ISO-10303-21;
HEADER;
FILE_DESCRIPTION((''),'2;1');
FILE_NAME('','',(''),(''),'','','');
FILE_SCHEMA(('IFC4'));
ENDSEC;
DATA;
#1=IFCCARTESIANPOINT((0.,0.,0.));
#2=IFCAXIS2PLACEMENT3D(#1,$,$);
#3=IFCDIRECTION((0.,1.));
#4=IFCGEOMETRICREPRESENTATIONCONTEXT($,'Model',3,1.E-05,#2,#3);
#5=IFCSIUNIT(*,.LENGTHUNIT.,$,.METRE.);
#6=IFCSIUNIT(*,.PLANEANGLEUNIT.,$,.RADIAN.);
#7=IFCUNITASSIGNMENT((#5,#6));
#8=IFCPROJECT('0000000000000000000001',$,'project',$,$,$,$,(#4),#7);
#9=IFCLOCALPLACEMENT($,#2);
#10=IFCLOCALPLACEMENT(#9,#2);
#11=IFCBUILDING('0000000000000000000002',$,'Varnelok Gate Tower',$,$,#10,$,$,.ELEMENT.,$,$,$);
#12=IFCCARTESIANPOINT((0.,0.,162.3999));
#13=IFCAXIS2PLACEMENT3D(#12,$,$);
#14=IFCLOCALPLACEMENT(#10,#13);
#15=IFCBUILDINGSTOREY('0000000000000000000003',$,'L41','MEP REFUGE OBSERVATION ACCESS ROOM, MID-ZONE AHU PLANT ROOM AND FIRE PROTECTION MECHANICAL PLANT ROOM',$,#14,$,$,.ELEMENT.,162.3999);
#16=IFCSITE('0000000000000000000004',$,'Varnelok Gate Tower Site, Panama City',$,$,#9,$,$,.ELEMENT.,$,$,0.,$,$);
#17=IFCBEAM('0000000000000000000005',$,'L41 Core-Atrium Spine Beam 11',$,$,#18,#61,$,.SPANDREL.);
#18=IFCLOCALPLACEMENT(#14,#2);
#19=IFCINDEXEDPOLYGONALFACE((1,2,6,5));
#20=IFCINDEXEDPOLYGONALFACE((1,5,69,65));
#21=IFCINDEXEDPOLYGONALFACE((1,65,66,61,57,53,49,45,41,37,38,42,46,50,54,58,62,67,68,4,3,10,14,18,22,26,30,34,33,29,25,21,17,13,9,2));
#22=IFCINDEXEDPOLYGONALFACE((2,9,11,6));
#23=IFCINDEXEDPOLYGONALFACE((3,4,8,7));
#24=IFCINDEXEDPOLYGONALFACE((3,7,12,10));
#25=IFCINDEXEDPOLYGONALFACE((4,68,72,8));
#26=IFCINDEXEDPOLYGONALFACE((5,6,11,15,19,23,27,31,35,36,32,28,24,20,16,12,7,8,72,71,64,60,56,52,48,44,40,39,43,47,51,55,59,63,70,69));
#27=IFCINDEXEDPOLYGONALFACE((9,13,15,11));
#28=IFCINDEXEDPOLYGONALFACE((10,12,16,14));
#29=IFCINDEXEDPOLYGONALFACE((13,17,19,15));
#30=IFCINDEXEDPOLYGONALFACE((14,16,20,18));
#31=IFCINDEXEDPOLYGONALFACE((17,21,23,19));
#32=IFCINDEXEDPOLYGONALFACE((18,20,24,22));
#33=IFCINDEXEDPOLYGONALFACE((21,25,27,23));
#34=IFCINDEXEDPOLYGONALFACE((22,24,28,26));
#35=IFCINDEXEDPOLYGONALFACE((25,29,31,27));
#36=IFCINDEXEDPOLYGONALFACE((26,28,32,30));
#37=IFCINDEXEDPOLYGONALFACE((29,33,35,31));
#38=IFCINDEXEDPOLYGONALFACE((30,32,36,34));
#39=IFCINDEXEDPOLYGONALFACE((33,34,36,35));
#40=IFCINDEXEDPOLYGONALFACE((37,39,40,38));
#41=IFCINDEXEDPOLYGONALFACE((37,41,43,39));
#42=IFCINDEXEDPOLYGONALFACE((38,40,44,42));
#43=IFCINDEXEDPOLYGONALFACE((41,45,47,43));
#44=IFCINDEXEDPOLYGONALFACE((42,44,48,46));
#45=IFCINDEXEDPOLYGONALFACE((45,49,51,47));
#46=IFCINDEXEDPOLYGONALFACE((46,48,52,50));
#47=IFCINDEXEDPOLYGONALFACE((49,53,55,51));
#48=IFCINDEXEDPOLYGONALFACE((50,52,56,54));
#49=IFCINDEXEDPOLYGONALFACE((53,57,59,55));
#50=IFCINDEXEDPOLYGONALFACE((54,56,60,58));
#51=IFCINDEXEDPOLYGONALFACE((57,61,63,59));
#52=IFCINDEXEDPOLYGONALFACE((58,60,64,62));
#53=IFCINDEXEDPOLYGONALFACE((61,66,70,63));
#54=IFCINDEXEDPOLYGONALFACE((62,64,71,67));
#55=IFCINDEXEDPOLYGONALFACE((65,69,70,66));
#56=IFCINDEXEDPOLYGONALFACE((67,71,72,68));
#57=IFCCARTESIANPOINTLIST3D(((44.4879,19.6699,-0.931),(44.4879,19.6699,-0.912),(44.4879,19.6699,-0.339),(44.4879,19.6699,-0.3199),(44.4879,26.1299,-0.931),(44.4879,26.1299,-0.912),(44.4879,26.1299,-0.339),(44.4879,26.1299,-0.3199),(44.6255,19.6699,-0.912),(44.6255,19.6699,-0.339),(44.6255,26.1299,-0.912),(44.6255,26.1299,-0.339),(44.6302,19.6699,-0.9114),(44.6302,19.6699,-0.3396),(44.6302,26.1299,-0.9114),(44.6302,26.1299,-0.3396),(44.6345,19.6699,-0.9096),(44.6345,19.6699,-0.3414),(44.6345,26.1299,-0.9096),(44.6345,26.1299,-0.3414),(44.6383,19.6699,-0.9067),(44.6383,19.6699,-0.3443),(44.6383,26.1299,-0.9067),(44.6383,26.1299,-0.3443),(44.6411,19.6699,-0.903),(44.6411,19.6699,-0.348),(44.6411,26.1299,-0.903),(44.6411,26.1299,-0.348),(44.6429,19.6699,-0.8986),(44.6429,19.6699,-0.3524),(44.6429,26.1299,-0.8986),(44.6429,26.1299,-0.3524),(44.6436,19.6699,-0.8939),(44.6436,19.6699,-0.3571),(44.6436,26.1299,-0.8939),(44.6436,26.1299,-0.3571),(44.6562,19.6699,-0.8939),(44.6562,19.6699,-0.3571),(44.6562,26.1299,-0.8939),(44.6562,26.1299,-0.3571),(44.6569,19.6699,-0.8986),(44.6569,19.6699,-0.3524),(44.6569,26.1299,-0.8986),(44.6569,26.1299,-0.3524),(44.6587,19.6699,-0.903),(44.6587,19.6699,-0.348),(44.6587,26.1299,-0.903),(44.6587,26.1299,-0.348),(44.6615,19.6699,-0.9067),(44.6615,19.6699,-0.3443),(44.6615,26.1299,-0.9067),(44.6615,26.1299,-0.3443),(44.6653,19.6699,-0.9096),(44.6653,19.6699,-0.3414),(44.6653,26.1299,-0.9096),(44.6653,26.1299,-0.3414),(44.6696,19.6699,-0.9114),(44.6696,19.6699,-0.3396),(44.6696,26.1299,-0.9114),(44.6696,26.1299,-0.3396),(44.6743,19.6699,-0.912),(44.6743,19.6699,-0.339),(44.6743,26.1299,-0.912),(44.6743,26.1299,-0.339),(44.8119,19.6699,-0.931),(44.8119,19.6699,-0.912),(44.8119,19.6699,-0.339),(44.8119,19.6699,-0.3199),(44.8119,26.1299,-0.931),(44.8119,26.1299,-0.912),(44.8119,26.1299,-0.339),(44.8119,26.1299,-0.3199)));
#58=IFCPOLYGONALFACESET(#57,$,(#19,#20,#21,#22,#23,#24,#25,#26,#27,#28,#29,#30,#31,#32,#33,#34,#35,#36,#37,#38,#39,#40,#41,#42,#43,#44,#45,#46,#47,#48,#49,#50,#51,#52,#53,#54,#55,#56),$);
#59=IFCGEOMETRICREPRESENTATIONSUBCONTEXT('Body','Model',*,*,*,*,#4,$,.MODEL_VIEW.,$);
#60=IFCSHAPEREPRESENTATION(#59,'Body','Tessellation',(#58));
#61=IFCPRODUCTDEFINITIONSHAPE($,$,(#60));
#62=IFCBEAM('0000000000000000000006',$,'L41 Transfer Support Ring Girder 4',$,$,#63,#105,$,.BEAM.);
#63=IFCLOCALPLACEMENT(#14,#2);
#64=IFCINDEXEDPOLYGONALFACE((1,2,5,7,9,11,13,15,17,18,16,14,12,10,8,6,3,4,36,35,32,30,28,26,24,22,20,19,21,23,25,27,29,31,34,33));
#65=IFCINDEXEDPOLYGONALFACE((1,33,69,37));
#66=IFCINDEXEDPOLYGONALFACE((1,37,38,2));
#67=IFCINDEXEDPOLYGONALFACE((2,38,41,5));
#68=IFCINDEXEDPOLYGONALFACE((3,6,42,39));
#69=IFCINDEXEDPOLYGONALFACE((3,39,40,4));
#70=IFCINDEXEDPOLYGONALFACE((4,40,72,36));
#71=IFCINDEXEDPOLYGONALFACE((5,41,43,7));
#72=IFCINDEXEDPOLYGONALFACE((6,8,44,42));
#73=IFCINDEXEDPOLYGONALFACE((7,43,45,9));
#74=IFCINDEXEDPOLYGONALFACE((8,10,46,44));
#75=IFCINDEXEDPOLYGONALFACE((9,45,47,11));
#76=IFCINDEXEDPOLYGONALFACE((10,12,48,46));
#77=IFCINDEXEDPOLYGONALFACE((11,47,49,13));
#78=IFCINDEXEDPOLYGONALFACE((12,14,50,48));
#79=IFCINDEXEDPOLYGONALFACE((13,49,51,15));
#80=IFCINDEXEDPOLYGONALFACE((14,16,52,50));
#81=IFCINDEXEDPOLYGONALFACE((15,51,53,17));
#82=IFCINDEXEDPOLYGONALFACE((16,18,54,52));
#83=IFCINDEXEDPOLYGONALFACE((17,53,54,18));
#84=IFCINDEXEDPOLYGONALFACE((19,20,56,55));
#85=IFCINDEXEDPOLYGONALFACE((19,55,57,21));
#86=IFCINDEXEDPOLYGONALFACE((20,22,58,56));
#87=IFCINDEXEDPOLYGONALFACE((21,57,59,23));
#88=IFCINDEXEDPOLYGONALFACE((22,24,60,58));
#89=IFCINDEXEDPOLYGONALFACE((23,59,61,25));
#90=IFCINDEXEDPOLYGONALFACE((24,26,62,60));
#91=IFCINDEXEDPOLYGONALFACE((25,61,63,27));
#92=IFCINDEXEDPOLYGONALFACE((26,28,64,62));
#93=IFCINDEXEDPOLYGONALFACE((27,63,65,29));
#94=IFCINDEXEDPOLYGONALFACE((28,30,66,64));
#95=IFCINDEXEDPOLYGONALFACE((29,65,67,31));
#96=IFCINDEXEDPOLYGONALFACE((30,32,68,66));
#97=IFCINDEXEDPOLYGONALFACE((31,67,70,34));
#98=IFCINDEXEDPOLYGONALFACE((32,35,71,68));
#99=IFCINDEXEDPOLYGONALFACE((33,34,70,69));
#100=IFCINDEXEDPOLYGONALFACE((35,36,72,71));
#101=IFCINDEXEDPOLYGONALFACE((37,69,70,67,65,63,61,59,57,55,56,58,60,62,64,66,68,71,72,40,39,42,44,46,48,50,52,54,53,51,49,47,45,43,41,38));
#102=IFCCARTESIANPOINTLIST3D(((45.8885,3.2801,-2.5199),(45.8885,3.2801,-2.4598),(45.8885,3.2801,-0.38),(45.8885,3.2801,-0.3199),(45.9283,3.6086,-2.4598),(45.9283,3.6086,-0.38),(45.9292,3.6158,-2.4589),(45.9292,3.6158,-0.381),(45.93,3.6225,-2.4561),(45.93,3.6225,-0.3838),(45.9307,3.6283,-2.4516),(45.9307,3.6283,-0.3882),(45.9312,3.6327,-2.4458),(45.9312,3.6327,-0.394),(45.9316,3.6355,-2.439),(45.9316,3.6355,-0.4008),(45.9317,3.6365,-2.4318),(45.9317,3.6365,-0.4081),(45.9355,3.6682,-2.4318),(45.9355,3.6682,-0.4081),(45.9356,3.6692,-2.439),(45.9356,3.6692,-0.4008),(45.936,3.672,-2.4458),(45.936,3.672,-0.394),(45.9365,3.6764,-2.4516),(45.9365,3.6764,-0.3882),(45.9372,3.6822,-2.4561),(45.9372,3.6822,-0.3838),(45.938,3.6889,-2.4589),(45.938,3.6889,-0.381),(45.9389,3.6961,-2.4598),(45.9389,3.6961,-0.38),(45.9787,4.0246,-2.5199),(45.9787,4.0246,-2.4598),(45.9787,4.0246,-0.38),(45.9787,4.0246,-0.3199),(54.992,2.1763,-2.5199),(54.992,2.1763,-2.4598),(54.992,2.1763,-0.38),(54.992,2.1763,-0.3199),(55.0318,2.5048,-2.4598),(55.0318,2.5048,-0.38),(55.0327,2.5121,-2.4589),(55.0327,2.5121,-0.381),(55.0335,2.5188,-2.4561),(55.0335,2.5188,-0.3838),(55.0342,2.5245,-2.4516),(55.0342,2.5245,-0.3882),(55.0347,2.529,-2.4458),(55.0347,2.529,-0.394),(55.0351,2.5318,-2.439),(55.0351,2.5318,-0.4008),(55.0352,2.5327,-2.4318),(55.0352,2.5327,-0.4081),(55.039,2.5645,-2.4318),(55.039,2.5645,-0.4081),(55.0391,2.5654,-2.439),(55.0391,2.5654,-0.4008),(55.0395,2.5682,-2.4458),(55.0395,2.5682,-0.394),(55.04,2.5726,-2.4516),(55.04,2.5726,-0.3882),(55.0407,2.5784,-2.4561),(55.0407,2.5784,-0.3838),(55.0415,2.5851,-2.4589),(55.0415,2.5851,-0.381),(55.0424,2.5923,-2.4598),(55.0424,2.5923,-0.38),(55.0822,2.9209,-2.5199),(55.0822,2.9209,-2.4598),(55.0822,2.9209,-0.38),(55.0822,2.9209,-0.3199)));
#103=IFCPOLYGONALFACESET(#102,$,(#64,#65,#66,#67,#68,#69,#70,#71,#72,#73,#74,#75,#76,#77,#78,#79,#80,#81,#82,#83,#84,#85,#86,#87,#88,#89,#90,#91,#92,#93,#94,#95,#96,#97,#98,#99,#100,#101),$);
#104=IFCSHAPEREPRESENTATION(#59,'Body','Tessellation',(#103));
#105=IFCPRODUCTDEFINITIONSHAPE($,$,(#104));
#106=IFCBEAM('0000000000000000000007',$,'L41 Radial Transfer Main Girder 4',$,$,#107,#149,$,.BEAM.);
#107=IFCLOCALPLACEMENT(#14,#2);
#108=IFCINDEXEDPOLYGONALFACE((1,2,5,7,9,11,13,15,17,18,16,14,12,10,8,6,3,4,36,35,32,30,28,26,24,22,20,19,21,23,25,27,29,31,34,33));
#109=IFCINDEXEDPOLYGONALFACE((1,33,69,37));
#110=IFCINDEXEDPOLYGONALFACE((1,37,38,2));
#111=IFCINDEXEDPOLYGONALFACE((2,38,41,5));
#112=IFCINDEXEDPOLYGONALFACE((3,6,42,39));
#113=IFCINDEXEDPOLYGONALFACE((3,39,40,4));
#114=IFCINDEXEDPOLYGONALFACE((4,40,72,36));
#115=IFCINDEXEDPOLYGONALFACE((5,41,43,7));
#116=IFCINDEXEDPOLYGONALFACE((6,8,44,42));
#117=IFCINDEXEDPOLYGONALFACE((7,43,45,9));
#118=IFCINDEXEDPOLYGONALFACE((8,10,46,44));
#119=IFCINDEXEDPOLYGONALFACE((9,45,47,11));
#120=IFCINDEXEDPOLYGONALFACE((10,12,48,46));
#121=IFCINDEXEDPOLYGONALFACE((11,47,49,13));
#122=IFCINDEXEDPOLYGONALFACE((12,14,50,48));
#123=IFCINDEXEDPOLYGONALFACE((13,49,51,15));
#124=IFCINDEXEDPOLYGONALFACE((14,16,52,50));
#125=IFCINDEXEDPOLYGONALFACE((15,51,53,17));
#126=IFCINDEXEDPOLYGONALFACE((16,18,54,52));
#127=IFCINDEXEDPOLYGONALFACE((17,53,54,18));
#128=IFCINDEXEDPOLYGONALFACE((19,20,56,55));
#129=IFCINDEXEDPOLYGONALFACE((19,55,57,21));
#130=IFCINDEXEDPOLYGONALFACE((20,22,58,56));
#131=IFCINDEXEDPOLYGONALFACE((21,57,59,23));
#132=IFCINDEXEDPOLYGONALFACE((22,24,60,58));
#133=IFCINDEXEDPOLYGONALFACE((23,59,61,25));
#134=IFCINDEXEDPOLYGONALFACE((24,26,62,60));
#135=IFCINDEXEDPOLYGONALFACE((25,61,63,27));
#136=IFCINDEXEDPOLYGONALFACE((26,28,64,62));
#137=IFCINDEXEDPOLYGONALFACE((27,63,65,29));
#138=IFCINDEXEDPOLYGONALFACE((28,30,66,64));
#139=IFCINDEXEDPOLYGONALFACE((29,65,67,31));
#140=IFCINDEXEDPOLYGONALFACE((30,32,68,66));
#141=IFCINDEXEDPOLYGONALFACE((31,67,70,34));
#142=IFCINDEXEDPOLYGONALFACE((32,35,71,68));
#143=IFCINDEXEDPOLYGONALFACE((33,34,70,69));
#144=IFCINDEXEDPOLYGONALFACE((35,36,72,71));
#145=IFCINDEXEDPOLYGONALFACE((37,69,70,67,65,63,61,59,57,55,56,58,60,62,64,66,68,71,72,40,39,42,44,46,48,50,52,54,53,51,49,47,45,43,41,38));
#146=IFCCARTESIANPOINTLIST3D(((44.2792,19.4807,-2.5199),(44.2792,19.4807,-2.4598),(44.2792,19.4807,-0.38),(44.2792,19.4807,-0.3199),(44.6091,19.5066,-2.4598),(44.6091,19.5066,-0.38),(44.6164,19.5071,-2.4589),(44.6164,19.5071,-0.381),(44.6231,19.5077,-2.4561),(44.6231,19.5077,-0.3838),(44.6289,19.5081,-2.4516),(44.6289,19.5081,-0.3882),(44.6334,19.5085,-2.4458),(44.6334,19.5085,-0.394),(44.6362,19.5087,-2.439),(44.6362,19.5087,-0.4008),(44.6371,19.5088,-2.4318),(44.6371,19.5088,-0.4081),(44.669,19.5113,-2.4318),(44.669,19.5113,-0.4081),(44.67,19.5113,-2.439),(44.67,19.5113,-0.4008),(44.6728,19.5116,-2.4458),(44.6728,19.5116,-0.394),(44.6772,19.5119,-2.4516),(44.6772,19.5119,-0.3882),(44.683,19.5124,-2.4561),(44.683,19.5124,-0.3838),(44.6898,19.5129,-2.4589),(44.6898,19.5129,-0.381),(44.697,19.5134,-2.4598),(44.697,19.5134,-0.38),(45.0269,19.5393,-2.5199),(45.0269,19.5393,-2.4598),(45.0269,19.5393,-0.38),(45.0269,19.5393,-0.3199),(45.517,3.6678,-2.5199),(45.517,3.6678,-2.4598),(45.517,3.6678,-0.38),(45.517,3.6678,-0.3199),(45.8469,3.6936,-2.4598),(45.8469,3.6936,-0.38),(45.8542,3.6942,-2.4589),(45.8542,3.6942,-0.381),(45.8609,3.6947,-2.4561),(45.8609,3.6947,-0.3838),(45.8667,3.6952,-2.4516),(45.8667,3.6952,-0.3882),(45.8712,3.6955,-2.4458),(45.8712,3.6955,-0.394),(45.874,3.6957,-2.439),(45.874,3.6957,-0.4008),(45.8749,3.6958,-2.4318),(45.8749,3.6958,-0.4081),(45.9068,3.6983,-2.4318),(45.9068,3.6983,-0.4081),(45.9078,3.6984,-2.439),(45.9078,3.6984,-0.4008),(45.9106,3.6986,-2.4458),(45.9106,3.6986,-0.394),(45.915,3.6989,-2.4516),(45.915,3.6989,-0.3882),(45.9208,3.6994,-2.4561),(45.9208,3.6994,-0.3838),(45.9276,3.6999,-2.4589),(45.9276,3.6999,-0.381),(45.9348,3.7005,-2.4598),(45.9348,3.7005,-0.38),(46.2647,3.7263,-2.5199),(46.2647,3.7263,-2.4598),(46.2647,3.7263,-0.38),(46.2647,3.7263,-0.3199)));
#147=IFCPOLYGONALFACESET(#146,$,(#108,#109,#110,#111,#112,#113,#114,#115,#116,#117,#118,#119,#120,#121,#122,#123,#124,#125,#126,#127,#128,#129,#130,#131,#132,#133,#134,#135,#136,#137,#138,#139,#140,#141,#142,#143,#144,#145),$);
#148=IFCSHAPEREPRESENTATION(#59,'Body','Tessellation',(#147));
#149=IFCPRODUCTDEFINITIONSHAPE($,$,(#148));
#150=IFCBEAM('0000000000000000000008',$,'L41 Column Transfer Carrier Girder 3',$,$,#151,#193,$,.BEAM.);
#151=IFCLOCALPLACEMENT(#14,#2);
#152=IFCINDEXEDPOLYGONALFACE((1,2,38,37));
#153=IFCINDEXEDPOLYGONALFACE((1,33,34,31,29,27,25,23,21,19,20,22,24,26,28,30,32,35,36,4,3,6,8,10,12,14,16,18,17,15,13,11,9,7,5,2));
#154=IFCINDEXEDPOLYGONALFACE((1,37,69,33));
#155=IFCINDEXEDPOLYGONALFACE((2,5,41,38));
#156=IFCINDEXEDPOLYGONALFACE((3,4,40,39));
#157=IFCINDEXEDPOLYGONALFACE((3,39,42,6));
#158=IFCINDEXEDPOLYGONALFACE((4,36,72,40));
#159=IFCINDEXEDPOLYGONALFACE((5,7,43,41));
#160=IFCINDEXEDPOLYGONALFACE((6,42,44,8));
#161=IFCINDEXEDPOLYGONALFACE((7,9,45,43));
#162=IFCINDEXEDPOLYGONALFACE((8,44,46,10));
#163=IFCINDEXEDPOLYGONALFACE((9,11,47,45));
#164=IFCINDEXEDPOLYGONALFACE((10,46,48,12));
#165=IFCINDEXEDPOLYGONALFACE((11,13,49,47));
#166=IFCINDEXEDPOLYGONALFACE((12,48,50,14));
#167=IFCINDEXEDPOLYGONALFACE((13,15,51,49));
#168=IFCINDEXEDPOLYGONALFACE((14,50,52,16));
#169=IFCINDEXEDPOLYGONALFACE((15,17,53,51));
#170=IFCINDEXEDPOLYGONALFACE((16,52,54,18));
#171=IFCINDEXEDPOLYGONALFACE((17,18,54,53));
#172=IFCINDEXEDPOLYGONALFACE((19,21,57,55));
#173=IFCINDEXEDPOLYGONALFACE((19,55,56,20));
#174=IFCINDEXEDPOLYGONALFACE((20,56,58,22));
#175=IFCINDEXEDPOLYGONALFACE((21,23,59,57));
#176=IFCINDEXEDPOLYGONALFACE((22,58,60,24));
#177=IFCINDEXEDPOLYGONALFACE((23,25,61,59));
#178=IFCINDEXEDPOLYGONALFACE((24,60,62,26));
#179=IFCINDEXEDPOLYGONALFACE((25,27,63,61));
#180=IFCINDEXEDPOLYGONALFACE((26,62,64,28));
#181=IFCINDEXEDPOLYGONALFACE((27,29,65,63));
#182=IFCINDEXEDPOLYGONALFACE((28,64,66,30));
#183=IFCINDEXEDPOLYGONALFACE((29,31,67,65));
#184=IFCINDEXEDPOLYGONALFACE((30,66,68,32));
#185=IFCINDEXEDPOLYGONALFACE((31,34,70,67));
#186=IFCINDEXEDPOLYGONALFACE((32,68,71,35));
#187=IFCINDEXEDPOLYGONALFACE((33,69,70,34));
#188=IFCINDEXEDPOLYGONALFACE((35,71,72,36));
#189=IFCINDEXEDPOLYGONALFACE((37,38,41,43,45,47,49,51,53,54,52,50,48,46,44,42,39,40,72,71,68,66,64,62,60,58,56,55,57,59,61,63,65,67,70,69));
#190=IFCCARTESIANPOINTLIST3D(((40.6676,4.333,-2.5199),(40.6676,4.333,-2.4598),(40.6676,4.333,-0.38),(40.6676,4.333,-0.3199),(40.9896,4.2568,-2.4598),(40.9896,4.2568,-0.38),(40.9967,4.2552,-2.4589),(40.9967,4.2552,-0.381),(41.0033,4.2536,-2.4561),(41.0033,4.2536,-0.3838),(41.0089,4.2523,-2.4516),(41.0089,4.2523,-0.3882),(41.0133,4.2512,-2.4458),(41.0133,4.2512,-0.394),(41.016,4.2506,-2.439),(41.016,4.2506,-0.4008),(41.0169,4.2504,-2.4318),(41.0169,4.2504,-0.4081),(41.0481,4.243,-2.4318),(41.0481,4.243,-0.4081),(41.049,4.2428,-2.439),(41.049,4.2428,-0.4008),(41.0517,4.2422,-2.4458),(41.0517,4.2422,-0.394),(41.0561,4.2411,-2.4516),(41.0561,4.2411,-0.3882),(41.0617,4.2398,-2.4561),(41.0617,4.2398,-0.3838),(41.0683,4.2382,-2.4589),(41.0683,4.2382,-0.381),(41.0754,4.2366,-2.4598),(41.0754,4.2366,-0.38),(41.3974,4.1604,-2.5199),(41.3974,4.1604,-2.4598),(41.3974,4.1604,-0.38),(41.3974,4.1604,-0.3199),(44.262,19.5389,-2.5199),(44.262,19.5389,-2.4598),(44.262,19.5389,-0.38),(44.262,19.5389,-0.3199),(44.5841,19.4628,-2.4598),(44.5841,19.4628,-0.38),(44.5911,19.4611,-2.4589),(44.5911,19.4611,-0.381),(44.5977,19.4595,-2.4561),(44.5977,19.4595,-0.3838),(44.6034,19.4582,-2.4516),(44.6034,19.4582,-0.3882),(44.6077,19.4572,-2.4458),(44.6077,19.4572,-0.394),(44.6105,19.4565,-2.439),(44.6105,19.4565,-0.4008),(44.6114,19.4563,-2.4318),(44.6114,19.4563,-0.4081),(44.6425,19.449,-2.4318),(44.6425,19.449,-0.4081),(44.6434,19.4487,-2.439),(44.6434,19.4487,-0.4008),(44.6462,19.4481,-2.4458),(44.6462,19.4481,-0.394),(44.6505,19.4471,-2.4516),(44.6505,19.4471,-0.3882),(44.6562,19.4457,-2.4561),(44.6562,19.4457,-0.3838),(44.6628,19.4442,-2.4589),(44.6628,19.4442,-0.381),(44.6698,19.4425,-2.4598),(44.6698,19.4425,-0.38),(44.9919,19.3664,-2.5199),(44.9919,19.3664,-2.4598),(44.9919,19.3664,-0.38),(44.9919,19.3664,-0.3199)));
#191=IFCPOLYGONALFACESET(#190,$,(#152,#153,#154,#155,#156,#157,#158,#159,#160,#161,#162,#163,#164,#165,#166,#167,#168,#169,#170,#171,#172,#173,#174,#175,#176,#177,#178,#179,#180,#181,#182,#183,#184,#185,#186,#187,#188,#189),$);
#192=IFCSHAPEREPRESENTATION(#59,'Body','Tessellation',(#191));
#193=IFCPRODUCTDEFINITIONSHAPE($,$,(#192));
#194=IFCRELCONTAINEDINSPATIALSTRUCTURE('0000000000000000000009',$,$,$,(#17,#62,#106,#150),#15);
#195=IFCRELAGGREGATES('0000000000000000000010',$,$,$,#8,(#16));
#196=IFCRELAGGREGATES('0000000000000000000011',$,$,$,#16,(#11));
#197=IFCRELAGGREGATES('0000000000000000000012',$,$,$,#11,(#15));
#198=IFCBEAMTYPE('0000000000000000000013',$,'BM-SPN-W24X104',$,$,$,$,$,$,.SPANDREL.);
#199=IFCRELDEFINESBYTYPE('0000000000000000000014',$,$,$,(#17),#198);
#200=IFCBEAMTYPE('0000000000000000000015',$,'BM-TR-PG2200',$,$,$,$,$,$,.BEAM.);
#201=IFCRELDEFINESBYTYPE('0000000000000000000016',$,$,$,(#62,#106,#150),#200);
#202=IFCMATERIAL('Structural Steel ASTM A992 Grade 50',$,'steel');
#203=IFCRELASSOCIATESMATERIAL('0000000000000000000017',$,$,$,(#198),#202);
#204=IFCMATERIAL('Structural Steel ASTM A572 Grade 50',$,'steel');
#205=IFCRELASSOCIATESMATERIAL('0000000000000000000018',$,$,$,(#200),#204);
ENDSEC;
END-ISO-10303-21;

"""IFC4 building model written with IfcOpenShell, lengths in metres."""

from ifc_helpers import new_model, si_unit, direction, frame, origin, origin_2d, place, context, subcontext, project, spatial, i_section, extrude, material, material_profile, profile_set, type_object, element, save


model = new_model("IFC4")

# Units and contexts
model_context = context("Model", 3, precision=1e-05, world=origin(), true_north=direction((0.0, 1.0)))
body_context = subcontext(model_context, "Body", "Model", "MODEL_VIEW")
ifc_project = project(units=[si_unit("LENGTHUNIT", "METRE"), si_unit("PLANEANGLEUNIT", "RADIAN")], contexts=[model_context])

# Site, building, storey
site_placement = place(None, origin())
site = spatial("IfcSite", under=ifc_project, at=site_placement, Name="Varnelok Gate Tower Site, Panama City", CompositionType="ELEMENT", RefElevation=0.0)
building_placement = place(site_placement, origin())
building = spatial("IfcBuilding", under=site, at=building_placement, Name="Varnelok Gate Tower", CompositionType="ELEMENT")
storey_placement = place(building_placement, frame((0.0, 0.0, 162.3999)))
storey = spatial("IfcBuildingStorey", under=building, at=storey_placement, Name="L41", Description="MEP REFUGE OBSERVATION ACCESS ROOM, MID-ZONE AHU PLANT ROOM AND FIRE PROTECTION MECHANICAL PLANT ROOM", CompositionType="ELEMENT", Elevation=162.3999)

# Shared definitions
ifc_material_1 = material(Name="Structural Steel ASTM A992 Grade 50", Category="steel")

# Beams
ifc_material_profile_1 = material_profile(ifc_material_1, i_section(OverallWidth=0.324, OverallDepth=0.6111, WebThickness=0.0127, FlangeThickness=0.019, FilletRadius=0.0181, at=origin_2d()), Name="W24X104")
ifc_profile_set_1 = profile_set([ifc_material_profile_1], Name="Structural Steel ASTM A992 Grade 50")
beam_type_1 = type_object("IfcBeamType", Name="BM-SPN-W24X104", PredefinedType="SPANDREL", material=ifc_profile_set_1)
beam_1_placement = place(storey_placement, frame((44.6499, 19.6699, -0.6255), z_axis=(0.0, 1.0, 0.0), x_axis=(-1.0, 0.0, 0.0)))
element("IfcBeam", 1, at=beam_1_placement, inside=storey, type_object=beam_type_1, Name="L41 Core-Atrium Spine Beam 11", PredefinedType="SPANDREL", context=body_context, shape_type="SweptSolid", body=[
    extrude(i_section(OverallWidth=0.324, OverallDepth=0.6111, WebThickness=0.0127, FlangeThickness=0.019, FilletRadius=0.0181, at=origin_2d()), origin(), (0.0, 0.0, 1.0), 6.46),
])
ifc_material_2 = material(Name="Structural Steel ASTM A572 Grade 50", Category="steel")
ifc_material_profile_2 = material_profile(ifc_material_2, i_section(OverallWidth=0.75, OverallDepth=2.2, WebThickness=0.032, FlangeThickness=0.0601, FilletRadius=0.0281, at=origin_2d()), Name="PG2200X750")
ifc_profile_set_2 = profile_set([ifc_material_profile_2], Name="Structural Steel ASTM A572 Grade 50")
beam_type_2 = type_object("IfcBeamType", Name="BM-TR-PG2200", PredefinedType="BEAM", material=ifc_profile_set_2)
beam_2_placement = place(storey_placement, frame((45.9336, 3.6523, -1.4199), z_axis=(0.99273, -0.120364, 0.0), x_axis=(0.120364, 0.99273, 0.0)))
element("IfcBeam", 2, at=beam_2_placement, inside=storey, type_object=beam_type_2, Name="L41 Transfer Support Ring Girder 4", PredefinedType="BEAM", context=body_context, shape_type="SweptSolid", body=[
    extrude(i_section(OverallWidth=0.75, OverallDepth=2.2, WebThickness=0.032, FlangeThickness=0.0601, FilletRadius=0.0281, at=origin_2d()), origin(), (0.0, 0.0, 1.0), 9.1702),
])
beam_3_placement = place(storey_placement, frame((44.6531, 19.51, -1.4199), z_axis=(0.078038, -0.99695, 0.0), x_axis=(0.99695, 0.078038, 0.0)))
element("IfcBeam", 3, at=beam_3_placement, inside=storey, type_object=beam_type_2, Name="L41 Radial Transfer Main Girder 4", PredefinedType="BEAM", context=body_context, shape_type="SweptSolid", body=[
    extrude(i_section(OverallWidth=0.75, OverallDepth=2.2, WebThickness=0.032, FlangeThickness=0.0601, FilletRadius=0.0281, at=origin_2d()), origin(), (0.0, 0.0, 1.0), 15.8613),
])
beam_4_placement = place(storey_placement, frame((44.627, 19.4526, -1.4199), z_axis=(-0.230045, -0.97318, 0.0), x_axis=(0.97318, -0.230045, 0.0)))
element("IfcBeam", 4, at=beam_4_placement, inside=storey, type_object=beam_type_2, Name="L41 Column Transfer Carrier Girder 3", PredefinedType="BEAM", context=body_context, shape_type="SweptSolid", body=[
    extrude(i_section(OverallWidth=0.75, OverallDepth=2.2, WebThickness=0.032, FlangeThickness=0.0601, FilletRadius=0.0281, at=origin_2d()), origin(), (0.0, 0.0, 1.0), 15.625),
])

save(model, "model.ifc")
